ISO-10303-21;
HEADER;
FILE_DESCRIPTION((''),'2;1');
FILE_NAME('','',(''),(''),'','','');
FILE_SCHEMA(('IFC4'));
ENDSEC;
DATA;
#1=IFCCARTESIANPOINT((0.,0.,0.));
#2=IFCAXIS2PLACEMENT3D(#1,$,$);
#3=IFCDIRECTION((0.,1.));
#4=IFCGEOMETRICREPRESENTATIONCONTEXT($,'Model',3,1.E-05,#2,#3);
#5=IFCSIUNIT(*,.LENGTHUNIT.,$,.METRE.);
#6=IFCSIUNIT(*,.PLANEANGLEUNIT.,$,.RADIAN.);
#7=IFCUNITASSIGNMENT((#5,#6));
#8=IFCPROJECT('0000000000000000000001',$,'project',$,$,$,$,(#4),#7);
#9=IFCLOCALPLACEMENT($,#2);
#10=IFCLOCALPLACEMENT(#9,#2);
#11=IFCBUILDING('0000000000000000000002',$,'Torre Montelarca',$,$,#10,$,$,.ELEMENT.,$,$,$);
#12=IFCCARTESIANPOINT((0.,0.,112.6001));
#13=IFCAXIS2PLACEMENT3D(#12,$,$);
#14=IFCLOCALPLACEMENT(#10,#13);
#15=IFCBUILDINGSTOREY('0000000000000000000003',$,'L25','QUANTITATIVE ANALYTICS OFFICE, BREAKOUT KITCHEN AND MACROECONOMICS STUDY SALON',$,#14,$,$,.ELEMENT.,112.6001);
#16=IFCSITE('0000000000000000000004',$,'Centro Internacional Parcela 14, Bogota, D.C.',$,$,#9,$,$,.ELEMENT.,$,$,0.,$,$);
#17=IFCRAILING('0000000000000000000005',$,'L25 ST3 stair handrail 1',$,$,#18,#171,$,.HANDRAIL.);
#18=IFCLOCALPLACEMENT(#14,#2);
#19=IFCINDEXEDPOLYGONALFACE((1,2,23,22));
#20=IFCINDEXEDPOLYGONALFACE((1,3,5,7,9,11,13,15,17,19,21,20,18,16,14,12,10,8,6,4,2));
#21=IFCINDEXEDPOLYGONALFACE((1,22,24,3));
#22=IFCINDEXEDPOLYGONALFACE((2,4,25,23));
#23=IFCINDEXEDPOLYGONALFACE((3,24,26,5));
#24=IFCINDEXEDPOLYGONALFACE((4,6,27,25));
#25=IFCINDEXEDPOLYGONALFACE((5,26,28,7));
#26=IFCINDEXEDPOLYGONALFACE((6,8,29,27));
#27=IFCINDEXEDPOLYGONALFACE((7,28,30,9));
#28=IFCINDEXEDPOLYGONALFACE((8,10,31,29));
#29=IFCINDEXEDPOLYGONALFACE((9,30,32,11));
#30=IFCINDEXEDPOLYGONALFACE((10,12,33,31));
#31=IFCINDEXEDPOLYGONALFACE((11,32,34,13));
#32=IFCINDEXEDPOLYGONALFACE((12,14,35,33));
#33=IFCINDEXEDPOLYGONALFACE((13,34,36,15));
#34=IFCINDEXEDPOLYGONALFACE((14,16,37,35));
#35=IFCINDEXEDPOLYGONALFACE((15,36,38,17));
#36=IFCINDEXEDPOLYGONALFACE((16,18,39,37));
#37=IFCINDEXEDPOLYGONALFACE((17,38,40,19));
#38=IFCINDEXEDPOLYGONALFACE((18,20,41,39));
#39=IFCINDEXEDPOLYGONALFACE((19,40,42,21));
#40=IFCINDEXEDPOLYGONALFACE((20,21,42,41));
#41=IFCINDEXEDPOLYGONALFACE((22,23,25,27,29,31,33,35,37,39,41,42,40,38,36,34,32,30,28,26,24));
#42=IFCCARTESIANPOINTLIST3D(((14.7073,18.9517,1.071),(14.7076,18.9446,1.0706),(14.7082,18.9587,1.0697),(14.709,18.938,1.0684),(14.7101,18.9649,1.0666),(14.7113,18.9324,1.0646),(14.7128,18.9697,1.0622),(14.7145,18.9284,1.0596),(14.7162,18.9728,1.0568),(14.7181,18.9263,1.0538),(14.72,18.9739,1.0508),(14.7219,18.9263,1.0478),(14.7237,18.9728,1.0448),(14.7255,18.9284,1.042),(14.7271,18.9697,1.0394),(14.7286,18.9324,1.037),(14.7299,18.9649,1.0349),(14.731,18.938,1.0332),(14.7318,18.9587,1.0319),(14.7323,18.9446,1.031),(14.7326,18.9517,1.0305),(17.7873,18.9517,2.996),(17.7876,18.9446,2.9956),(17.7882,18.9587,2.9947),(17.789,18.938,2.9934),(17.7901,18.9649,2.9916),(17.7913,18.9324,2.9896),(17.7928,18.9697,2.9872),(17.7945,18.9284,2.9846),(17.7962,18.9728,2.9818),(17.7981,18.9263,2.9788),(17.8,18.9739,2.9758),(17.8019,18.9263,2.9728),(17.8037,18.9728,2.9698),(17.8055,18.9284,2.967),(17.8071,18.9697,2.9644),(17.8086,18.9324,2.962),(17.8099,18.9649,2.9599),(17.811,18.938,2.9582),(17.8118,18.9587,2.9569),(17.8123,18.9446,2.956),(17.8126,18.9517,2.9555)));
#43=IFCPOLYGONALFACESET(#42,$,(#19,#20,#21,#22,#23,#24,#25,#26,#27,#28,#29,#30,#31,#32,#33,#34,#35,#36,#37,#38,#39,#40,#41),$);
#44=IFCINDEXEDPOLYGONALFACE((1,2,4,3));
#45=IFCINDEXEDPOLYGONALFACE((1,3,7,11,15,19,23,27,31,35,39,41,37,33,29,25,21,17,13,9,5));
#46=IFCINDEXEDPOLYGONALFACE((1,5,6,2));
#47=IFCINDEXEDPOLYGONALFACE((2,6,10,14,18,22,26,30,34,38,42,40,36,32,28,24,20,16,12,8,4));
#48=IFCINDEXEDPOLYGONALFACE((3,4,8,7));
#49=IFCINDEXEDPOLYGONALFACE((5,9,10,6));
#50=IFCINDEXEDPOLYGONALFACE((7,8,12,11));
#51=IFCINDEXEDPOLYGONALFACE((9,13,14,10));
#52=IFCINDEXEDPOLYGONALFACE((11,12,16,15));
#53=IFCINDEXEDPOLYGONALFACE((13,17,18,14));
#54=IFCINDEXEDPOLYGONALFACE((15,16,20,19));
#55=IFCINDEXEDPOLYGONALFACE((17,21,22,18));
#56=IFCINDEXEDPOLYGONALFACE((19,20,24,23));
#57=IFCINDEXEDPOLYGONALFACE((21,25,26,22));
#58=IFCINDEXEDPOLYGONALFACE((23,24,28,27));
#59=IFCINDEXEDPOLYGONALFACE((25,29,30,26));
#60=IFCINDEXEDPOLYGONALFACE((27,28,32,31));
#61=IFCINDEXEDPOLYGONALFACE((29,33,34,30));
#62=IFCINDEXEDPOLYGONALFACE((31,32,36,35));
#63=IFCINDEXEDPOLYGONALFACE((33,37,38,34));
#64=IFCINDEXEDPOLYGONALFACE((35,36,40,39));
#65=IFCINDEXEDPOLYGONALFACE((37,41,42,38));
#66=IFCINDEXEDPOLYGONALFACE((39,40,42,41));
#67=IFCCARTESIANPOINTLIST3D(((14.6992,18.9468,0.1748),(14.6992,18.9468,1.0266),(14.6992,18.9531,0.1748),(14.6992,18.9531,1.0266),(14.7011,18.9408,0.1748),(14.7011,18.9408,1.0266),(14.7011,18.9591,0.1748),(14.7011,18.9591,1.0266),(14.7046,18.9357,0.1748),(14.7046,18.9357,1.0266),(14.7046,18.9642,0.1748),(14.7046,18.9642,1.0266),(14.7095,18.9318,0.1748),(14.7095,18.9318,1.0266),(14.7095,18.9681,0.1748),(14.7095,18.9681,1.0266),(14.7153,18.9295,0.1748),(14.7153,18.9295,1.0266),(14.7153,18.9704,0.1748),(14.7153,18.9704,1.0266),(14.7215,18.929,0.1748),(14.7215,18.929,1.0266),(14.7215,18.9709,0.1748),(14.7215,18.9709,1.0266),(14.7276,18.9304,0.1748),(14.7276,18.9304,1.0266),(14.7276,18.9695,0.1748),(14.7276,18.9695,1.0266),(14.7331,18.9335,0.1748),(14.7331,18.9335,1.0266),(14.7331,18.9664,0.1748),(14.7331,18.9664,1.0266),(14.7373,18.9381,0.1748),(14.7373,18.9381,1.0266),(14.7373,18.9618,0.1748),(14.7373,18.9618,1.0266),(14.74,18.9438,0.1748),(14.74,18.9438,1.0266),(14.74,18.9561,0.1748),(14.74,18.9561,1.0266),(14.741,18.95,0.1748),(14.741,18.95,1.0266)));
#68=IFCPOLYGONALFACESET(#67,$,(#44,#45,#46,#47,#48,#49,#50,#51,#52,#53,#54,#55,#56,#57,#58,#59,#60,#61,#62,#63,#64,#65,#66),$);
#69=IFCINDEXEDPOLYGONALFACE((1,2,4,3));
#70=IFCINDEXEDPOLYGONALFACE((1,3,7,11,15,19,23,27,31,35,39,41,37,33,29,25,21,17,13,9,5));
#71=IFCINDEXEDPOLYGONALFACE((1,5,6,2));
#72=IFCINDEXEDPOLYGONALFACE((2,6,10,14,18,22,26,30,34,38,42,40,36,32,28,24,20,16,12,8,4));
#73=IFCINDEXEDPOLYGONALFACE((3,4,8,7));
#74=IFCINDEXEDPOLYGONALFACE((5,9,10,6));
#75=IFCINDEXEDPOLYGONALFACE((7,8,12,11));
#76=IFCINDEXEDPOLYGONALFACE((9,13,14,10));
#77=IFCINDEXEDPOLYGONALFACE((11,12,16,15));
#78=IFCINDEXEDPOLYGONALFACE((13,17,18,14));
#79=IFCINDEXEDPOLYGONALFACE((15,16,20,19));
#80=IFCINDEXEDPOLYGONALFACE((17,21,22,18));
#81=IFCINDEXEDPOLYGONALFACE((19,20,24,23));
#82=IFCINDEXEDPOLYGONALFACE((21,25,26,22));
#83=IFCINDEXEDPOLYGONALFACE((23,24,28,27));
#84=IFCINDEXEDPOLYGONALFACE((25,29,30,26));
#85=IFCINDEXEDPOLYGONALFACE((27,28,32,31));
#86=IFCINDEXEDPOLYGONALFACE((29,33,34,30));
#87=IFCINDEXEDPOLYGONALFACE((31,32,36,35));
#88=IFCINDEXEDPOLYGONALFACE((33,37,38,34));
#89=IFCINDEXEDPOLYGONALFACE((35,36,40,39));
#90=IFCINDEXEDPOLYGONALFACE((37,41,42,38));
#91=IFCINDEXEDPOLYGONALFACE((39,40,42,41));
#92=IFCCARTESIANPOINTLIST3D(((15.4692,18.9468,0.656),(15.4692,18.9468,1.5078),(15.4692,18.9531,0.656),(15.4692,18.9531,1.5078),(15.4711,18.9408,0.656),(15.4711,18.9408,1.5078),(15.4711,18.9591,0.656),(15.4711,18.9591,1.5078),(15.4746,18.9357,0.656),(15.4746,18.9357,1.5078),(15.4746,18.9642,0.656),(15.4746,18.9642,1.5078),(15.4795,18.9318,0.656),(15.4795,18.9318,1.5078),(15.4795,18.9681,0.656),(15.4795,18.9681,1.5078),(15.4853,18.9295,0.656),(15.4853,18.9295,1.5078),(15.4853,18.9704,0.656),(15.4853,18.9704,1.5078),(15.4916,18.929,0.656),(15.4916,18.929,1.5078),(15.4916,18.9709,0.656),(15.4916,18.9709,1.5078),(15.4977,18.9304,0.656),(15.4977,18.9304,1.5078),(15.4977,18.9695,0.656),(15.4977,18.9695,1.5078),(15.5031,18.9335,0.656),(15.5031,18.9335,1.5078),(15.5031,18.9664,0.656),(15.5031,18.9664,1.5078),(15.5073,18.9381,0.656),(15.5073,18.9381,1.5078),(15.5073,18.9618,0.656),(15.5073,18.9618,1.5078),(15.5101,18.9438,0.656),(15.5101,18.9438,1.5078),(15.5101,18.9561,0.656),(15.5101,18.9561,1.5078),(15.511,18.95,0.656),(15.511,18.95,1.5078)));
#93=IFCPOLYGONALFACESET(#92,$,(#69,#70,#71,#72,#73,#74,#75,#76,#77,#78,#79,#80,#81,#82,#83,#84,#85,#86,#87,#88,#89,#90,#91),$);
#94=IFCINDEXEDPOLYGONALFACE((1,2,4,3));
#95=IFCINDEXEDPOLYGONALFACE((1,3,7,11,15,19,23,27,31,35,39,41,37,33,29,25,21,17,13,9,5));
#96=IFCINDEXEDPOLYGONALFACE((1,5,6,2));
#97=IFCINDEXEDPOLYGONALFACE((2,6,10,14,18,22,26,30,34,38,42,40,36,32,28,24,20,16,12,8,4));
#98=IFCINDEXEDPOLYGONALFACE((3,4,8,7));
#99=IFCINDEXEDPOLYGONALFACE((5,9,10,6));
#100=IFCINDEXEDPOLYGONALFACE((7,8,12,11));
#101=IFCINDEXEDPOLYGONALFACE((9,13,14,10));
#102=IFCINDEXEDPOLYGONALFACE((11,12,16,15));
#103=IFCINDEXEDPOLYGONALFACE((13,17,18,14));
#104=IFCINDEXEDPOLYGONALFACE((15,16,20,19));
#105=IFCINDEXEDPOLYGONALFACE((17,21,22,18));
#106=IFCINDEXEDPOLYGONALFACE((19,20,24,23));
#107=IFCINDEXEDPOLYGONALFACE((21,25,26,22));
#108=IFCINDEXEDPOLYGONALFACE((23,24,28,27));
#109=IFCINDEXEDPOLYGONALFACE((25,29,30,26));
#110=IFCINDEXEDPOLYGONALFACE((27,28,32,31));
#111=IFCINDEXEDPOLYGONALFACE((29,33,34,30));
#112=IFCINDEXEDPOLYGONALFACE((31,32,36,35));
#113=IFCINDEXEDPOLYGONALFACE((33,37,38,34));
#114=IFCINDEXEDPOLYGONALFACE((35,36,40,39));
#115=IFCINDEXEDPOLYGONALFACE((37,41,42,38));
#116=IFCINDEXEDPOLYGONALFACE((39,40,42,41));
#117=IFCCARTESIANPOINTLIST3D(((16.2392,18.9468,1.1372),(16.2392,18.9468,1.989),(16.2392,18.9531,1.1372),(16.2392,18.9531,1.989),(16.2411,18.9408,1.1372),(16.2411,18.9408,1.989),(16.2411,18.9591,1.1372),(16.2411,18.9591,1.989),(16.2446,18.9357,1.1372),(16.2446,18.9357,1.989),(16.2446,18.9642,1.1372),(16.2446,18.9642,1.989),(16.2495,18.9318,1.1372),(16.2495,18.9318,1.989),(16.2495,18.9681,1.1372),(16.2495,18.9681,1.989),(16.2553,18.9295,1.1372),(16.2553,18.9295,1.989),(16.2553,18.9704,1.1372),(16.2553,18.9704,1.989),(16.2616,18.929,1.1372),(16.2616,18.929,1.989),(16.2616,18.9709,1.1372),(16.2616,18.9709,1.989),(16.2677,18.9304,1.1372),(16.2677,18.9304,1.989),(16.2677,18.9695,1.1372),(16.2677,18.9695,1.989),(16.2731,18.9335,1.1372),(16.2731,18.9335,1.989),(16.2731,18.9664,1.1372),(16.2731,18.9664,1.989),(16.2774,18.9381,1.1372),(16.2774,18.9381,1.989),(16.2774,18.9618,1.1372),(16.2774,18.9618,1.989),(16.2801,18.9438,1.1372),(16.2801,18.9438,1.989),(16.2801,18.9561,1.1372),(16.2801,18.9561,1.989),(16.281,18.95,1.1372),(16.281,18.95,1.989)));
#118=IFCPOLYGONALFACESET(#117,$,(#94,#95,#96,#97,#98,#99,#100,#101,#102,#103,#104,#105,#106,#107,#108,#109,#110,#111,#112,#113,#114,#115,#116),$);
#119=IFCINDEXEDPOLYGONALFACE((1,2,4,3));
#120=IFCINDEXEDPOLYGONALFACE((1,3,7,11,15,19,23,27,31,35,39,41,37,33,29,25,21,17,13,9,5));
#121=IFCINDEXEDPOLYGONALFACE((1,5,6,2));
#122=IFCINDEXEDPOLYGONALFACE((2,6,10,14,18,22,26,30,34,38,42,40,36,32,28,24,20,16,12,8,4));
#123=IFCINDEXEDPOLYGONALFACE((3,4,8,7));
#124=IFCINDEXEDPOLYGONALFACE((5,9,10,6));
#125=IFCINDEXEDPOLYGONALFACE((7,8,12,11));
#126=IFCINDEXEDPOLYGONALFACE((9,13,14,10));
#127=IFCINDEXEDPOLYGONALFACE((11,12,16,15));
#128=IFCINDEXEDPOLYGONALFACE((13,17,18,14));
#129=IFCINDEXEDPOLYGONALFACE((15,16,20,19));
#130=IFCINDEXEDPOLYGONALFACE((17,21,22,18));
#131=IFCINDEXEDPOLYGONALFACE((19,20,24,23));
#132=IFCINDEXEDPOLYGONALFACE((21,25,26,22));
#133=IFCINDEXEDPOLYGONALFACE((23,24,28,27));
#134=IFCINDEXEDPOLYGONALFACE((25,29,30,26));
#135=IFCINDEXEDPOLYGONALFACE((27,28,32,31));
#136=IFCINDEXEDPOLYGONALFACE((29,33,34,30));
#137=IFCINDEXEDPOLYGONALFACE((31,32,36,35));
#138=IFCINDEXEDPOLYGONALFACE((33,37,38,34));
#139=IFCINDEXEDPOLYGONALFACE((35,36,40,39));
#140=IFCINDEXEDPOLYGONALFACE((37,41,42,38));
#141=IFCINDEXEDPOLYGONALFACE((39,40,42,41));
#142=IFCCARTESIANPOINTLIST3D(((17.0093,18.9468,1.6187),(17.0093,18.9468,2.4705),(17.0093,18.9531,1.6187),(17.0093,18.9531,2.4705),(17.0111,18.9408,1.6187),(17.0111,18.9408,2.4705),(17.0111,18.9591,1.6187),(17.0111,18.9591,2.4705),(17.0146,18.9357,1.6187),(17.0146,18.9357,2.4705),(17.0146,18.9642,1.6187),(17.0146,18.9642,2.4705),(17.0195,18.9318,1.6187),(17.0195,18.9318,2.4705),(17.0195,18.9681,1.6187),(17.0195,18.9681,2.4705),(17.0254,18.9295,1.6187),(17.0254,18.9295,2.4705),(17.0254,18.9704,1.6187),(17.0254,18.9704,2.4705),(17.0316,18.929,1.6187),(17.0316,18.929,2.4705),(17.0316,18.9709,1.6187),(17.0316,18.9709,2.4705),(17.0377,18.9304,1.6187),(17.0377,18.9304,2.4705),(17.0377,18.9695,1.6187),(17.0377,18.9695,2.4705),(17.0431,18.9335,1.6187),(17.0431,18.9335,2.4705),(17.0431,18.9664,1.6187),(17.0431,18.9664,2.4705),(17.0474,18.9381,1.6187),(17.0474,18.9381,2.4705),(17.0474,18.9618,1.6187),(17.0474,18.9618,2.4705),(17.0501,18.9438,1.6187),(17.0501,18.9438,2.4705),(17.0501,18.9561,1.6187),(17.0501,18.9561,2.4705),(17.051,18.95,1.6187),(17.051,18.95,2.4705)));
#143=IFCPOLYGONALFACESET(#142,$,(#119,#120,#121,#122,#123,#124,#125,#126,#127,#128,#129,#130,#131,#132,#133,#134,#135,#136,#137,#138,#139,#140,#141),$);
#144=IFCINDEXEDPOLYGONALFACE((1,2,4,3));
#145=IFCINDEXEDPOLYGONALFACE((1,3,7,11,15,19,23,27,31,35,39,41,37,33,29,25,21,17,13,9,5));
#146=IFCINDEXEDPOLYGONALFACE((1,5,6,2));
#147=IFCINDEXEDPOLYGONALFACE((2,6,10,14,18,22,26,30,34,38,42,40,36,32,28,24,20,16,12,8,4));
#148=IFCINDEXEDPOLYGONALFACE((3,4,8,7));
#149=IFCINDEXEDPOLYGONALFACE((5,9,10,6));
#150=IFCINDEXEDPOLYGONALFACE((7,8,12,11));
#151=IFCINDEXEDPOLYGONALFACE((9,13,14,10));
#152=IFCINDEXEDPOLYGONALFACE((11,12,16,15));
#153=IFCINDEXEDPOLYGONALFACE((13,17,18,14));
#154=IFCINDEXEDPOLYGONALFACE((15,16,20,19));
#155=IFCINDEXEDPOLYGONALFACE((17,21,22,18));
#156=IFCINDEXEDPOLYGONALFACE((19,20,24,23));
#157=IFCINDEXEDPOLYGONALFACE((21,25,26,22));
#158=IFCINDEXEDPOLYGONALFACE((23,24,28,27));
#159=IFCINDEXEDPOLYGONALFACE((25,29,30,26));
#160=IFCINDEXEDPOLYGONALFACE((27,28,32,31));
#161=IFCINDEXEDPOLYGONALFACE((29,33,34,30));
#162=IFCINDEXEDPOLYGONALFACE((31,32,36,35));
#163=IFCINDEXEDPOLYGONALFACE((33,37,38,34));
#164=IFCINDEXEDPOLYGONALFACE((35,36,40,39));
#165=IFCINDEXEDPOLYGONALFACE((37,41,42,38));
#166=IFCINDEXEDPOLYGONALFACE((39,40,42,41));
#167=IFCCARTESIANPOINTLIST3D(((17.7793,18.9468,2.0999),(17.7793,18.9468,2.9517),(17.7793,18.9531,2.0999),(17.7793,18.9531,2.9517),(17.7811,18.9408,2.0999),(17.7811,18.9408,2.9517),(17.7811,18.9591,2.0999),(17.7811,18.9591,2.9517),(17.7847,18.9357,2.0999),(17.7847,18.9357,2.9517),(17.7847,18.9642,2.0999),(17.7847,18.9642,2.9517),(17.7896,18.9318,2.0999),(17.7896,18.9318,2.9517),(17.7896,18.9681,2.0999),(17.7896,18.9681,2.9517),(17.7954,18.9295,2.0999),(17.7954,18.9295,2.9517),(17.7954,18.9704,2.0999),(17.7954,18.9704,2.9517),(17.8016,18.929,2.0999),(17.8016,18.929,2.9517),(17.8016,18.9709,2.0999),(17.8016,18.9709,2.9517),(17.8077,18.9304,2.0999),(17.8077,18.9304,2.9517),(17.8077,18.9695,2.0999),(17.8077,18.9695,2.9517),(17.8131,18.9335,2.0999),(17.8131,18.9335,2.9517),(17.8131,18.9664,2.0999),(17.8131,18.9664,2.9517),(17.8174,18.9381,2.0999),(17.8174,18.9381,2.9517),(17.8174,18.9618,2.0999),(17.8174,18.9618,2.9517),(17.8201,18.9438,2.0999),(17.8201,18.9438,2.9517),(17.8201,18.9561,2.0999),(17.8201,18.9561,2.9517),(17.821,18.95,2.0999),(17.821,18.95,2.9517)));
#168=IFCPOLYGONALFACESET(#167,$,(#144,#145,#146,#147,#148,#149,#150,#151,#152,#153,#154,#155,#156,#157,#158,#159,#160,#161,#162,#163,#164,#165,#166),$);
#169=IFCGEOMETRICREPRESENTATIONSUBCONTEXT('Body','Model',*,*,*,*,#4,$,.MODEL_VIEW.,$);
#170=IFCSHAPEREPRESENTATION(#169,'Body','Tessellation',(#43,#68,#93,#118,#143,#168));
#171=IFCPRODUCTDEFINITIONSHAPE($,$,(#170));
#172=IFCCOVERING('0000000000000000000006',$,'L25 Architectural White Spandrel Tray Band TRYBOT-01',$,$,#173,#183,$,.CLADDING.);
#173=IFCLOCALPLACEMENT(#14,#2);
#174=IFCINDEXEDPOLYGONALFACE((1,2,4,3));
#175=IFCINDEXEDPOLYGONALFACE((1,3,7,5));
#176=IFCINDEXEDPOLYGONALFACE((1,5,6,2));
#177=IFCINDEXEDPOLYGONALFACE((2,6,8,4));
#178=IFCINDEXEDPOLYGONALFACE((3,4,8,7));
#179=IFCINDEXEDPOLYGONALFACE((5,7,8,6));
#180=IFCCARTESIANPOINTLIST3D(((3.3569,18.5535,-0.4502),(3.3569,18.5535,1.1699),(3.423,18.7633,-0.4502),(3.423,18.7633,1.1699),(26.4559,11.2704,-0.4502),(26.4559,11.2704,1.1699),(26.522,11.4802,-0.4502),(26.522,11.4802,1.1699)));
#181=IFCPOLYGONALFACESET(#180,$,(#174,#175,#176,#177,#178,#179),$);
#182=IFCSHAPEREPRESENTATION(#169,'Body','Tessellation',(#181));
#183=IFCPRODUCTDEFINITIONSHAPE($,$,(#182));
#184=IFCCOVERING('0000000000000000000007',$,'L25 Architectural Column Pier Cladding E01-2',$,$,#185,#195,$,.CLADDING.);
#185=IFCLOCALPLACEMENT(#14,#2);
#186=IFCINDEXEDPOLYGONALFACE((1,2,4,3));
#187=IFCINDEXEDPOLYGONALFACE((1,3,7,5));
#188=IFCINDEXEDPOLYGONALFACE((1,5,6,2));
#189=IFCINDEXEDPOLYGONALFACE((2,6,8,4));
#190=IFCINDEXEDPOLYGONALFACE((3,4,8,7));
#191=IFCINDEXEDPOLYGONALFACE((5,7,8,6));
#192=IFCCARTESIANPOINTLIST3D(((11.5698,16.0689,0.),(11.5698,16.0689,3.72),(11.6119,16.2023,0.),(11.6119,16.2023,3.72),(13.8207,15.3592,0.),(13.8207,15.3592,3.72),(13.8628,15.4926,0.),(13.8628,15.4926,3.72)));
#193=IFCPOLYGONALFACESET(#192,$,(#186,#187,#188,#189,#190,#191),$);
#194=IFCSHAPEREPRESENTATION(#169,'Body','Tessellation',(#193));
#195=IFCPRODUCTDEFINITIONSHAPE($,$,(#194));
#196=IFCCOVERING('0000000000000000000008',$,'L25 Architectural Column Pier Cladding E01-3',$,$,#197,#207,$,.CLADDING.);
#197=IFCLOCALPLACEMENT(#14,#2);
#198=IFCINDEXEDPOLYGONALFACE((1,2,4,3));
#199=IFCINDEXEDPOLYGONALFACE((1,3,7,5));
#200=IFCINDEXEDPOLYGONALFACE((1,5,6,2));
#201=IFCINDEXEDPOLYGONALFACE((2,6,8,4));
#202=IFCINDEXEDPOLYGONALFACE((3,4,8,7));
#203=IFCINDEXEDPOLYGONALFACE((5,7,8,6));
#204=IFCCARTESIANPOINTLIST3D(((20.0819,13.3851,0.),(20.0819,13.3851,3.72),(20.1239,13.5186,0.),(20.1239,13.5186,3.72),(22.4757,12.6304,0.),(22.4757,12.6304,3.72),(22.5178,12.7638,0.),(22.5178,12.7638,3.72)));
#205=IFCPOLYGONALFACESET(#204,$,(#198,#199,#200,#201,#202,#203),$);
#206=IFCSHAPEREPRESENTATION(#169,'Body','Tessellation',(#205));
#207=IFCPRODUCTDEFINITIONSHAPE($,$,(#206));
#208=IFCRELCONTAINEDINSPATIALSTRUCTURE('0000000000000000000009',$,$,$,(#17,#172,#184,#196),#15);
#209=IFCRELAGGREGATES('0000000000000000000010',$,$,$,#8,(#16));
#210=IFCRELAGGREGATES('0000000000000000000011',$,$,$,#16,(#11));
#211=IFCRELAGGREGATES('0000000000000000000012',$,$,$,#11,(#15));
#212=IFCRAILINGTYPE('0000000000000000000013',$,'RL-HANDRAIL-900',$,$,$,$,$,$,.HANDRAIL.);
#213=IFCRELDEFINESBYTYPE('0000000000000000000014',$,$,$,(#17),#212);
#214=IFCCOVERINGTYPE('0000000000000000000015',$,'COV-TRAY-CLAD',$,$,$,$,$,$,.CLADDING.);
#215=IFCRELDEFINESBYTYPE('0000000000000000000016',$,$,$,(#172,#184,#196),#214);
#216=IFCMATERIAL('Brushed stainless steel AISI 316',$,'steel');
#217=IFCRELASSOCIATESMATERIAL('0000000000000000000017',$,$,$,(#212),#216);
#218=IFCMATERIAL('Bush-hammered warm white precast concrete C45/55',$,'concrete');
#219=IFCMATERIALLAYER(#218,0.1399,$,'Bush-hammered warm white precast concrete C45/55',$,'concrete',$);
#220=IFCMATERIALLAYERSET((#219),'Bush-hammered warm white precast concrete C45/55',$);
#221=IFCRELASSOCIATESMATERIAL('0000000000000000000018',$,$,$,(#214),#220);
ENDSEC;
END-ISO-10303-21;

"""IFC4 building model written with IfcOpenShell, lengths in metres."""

from ifc_helpers import new_model, si_unit, direction, frame, origin, origin_2d, place, context, subcontext, project, spatial, rectangle, circle, extrude, source, transform, mapped, material, layer, layer_set, type_object, element, save


model = new_model("IFC4")

# Units and contexts
model_context = context("Model", 3, precision=1e-05, world=origin(), true_north=direction((0.0, 1.0)))
body_context = subcontext(model_context, "Body", "Model", "MODEL_VIEW")
ifc_project = project(units=[si_unit("LENGTHUNIT", "METRE"), si_unit("PLANEANGLEUNIT", "RADIAN")], contexts=[model_context])

# Site, building, storey
site_placement = place(None, origin())
site = spatial("IfcSite", under=ifc_project, at=site_placement, Name="Centro Internacional Parcela 14, Bogota, D.C.", CompositionType="ELEMENT", RefElevation=0.0)
building_placement = place(site_placement, origin())
building = spatial("IfcBuilding", under=site, at=building_placement, Name="Torre Montelarca", CompositionType="ELEMENT")
storey_placement = place(building_placement, frame((0.0, 0.0, 112.6001)))
storey = spatial("IfcBuildingStorey", under=building, at=storey_placement, Name="L25", Description="QUANTITATIVE ANALYTICS OFFICE, BREAKOUT KITCHEN AND MACROECONOMICS STUDY SALON", CompositionType="ELEMENT", Elevation=112.6001)

# Railing
ifc_material_1 = material(Name="Brushed stainless steel AISI 316", Category="steel")
railing_type = type_object("IfcRailingType", Name="RL-HANDRAIL-900", PredefinedType="HANDRAIL", material=ifc_material_1)
railing_placement = place(storey_placement, frame((14.72, 18.95, 0.1748)))
element("IfcRailing", 1, at=railing_placement, inside=storey, type_object=railing_type, Name="L25 ST3 stair handrail 1", PredefinedType="HANDRAIL", context=body_context, shape_type="SweptSolid", body=[
    extrude(circle(Radius=0.0239, at=origin_2d()), frame((0.0, 0.0, 0.876), z_axis=(0.847998, 0.0, 0.529999), x_axis=(0.0, 1.0, 0.0)), (0.0, 0.0, 1.0), 3.6321),
    extrude(circle(Radius=0.021, at=origin_2d()), origin(), (0.0, 0.0, 1.0), 0.8518),
    extrude(circle(Radius=0.021, at=origin_2d()), frame((0.77, 0.0, 0.4812)), (0.0, 0.0, 1.0), 0.8518),
    extrude(circle(Radius=0.021, at=origin_2d()), frame((1.54, 0.0, 0.9624)), (0.0, 0.0, 1.0), 0.8518),
    extrude(circle(Radius=0.021, at=origin_2d()), frame((2.3101, 0.0, 1.4438)), (0.0, 0.0, 1.0), 0.8518),
    extrude(circle(Radius=0.021, at=origin_2d()), frame((3.0801, 0.0, 1.925)), (0.0, 0.0, 1.0), 0.8518),
])

# Coverings
ifc_material_2 = material(Name="Bush-hammered warm white precast concrete C45/55", Category="concrete")
ifc_layer_1 = layer(ifc_material_2, 0.1399, Name="Bush-hammered warm white precast concrete C45/55", Category="concrete")
ifc_layer_set_1 = layer_set([ifc_layer_1], Name="Bush-hammered warm white precast concrete C45/55")
covering_type_1 = type_object("IfcCoveringType", Name="COV-TRAY-CLAD", PredefinedType="CLADDING", material=ifc_layer_set_1)
shared_shape_1 = source(origin(), body_context, "Body", "SweptSolid", [
    extrude(rectangle(XDim=24.22, YDim=0.22, at=origin_2d()), origin(), (0.0, 0.0, 1.0), 1.6201),
])
covering_1_placement = place(storey_placement, frame((14.9395, 15.0168, -0.4502), z_axis=(0.0, 0.0, 1.0), x_axis=(0.953717, -0.300706, 0.0)))
element("IfcCovering", 2, at=covering_1_placement, inside=storey, type_object=covering_type_1, Name="L25 Architectural White Spandrel Tray Band TRYBOT-01", PredefinedType="CLADDING", context=body_context, shape_type="MappedRepresentation", body=[
    mapped(shared_shape_1, transform((0.0, 0.0, 0.0), scale=1.0)),
])
shared_shape_2 = source(origin(), body_context, "Body", "SweptSolid", [
    extrude(rectangle(XDim=2.3601, YDim=0.1399, at=origin_2d()), origin(), (0.0, 0.0, 1.0), 3.72),
])
covering_2_placement = place(storey_placement, frame((12.7163, 15.7808, 0.0), z_axis=(0.0, 0.0, 1.0), x_axis=(0.953717, -0.300704, 0.0)))
element("IfcCovering", 3, at=covering_2_placement, inside=storey, type_object=covering_type_1, Name="L25 Architectural Column Pier Cladding E01-2", PredefinedType="CLADDING", context=body_context, shape_type="MappedRepresentation", body=[
    mapped(shared_shape_2, transform((0.0, 0.0, 0.0), scale=1.0)),
])
shared_shape_3 = source(origin(), body_context, "Body", "SweptSolid", [
    extrude(rectangle(XDim=2.51, YDim=0.1399, at=origin_2d()), origin(), (0.0, 0.0, 1.0), 3.72),
])
covering_3_placement = place(storey_placement, frame((21.2998, 13.0745, 0.0), z_axis=(0.0, 0.0, 1.0), x_axis=(0.953717, -0.300704, 0.0)))
element("IfcCovering", 4, at=covering_3_placement, inside=storey, type_object=covering_type_1, Name="L25 Architectural Column Pier Cladding E01-3", PredefinedType="CLADDING", context=body_context, shape_type="MappedRepresentation", body=[
    mapped(shared_shape_3, transform((0.0, 0.0, 0.0), scale=1.0)),
])

save(model, "model.ifc")
